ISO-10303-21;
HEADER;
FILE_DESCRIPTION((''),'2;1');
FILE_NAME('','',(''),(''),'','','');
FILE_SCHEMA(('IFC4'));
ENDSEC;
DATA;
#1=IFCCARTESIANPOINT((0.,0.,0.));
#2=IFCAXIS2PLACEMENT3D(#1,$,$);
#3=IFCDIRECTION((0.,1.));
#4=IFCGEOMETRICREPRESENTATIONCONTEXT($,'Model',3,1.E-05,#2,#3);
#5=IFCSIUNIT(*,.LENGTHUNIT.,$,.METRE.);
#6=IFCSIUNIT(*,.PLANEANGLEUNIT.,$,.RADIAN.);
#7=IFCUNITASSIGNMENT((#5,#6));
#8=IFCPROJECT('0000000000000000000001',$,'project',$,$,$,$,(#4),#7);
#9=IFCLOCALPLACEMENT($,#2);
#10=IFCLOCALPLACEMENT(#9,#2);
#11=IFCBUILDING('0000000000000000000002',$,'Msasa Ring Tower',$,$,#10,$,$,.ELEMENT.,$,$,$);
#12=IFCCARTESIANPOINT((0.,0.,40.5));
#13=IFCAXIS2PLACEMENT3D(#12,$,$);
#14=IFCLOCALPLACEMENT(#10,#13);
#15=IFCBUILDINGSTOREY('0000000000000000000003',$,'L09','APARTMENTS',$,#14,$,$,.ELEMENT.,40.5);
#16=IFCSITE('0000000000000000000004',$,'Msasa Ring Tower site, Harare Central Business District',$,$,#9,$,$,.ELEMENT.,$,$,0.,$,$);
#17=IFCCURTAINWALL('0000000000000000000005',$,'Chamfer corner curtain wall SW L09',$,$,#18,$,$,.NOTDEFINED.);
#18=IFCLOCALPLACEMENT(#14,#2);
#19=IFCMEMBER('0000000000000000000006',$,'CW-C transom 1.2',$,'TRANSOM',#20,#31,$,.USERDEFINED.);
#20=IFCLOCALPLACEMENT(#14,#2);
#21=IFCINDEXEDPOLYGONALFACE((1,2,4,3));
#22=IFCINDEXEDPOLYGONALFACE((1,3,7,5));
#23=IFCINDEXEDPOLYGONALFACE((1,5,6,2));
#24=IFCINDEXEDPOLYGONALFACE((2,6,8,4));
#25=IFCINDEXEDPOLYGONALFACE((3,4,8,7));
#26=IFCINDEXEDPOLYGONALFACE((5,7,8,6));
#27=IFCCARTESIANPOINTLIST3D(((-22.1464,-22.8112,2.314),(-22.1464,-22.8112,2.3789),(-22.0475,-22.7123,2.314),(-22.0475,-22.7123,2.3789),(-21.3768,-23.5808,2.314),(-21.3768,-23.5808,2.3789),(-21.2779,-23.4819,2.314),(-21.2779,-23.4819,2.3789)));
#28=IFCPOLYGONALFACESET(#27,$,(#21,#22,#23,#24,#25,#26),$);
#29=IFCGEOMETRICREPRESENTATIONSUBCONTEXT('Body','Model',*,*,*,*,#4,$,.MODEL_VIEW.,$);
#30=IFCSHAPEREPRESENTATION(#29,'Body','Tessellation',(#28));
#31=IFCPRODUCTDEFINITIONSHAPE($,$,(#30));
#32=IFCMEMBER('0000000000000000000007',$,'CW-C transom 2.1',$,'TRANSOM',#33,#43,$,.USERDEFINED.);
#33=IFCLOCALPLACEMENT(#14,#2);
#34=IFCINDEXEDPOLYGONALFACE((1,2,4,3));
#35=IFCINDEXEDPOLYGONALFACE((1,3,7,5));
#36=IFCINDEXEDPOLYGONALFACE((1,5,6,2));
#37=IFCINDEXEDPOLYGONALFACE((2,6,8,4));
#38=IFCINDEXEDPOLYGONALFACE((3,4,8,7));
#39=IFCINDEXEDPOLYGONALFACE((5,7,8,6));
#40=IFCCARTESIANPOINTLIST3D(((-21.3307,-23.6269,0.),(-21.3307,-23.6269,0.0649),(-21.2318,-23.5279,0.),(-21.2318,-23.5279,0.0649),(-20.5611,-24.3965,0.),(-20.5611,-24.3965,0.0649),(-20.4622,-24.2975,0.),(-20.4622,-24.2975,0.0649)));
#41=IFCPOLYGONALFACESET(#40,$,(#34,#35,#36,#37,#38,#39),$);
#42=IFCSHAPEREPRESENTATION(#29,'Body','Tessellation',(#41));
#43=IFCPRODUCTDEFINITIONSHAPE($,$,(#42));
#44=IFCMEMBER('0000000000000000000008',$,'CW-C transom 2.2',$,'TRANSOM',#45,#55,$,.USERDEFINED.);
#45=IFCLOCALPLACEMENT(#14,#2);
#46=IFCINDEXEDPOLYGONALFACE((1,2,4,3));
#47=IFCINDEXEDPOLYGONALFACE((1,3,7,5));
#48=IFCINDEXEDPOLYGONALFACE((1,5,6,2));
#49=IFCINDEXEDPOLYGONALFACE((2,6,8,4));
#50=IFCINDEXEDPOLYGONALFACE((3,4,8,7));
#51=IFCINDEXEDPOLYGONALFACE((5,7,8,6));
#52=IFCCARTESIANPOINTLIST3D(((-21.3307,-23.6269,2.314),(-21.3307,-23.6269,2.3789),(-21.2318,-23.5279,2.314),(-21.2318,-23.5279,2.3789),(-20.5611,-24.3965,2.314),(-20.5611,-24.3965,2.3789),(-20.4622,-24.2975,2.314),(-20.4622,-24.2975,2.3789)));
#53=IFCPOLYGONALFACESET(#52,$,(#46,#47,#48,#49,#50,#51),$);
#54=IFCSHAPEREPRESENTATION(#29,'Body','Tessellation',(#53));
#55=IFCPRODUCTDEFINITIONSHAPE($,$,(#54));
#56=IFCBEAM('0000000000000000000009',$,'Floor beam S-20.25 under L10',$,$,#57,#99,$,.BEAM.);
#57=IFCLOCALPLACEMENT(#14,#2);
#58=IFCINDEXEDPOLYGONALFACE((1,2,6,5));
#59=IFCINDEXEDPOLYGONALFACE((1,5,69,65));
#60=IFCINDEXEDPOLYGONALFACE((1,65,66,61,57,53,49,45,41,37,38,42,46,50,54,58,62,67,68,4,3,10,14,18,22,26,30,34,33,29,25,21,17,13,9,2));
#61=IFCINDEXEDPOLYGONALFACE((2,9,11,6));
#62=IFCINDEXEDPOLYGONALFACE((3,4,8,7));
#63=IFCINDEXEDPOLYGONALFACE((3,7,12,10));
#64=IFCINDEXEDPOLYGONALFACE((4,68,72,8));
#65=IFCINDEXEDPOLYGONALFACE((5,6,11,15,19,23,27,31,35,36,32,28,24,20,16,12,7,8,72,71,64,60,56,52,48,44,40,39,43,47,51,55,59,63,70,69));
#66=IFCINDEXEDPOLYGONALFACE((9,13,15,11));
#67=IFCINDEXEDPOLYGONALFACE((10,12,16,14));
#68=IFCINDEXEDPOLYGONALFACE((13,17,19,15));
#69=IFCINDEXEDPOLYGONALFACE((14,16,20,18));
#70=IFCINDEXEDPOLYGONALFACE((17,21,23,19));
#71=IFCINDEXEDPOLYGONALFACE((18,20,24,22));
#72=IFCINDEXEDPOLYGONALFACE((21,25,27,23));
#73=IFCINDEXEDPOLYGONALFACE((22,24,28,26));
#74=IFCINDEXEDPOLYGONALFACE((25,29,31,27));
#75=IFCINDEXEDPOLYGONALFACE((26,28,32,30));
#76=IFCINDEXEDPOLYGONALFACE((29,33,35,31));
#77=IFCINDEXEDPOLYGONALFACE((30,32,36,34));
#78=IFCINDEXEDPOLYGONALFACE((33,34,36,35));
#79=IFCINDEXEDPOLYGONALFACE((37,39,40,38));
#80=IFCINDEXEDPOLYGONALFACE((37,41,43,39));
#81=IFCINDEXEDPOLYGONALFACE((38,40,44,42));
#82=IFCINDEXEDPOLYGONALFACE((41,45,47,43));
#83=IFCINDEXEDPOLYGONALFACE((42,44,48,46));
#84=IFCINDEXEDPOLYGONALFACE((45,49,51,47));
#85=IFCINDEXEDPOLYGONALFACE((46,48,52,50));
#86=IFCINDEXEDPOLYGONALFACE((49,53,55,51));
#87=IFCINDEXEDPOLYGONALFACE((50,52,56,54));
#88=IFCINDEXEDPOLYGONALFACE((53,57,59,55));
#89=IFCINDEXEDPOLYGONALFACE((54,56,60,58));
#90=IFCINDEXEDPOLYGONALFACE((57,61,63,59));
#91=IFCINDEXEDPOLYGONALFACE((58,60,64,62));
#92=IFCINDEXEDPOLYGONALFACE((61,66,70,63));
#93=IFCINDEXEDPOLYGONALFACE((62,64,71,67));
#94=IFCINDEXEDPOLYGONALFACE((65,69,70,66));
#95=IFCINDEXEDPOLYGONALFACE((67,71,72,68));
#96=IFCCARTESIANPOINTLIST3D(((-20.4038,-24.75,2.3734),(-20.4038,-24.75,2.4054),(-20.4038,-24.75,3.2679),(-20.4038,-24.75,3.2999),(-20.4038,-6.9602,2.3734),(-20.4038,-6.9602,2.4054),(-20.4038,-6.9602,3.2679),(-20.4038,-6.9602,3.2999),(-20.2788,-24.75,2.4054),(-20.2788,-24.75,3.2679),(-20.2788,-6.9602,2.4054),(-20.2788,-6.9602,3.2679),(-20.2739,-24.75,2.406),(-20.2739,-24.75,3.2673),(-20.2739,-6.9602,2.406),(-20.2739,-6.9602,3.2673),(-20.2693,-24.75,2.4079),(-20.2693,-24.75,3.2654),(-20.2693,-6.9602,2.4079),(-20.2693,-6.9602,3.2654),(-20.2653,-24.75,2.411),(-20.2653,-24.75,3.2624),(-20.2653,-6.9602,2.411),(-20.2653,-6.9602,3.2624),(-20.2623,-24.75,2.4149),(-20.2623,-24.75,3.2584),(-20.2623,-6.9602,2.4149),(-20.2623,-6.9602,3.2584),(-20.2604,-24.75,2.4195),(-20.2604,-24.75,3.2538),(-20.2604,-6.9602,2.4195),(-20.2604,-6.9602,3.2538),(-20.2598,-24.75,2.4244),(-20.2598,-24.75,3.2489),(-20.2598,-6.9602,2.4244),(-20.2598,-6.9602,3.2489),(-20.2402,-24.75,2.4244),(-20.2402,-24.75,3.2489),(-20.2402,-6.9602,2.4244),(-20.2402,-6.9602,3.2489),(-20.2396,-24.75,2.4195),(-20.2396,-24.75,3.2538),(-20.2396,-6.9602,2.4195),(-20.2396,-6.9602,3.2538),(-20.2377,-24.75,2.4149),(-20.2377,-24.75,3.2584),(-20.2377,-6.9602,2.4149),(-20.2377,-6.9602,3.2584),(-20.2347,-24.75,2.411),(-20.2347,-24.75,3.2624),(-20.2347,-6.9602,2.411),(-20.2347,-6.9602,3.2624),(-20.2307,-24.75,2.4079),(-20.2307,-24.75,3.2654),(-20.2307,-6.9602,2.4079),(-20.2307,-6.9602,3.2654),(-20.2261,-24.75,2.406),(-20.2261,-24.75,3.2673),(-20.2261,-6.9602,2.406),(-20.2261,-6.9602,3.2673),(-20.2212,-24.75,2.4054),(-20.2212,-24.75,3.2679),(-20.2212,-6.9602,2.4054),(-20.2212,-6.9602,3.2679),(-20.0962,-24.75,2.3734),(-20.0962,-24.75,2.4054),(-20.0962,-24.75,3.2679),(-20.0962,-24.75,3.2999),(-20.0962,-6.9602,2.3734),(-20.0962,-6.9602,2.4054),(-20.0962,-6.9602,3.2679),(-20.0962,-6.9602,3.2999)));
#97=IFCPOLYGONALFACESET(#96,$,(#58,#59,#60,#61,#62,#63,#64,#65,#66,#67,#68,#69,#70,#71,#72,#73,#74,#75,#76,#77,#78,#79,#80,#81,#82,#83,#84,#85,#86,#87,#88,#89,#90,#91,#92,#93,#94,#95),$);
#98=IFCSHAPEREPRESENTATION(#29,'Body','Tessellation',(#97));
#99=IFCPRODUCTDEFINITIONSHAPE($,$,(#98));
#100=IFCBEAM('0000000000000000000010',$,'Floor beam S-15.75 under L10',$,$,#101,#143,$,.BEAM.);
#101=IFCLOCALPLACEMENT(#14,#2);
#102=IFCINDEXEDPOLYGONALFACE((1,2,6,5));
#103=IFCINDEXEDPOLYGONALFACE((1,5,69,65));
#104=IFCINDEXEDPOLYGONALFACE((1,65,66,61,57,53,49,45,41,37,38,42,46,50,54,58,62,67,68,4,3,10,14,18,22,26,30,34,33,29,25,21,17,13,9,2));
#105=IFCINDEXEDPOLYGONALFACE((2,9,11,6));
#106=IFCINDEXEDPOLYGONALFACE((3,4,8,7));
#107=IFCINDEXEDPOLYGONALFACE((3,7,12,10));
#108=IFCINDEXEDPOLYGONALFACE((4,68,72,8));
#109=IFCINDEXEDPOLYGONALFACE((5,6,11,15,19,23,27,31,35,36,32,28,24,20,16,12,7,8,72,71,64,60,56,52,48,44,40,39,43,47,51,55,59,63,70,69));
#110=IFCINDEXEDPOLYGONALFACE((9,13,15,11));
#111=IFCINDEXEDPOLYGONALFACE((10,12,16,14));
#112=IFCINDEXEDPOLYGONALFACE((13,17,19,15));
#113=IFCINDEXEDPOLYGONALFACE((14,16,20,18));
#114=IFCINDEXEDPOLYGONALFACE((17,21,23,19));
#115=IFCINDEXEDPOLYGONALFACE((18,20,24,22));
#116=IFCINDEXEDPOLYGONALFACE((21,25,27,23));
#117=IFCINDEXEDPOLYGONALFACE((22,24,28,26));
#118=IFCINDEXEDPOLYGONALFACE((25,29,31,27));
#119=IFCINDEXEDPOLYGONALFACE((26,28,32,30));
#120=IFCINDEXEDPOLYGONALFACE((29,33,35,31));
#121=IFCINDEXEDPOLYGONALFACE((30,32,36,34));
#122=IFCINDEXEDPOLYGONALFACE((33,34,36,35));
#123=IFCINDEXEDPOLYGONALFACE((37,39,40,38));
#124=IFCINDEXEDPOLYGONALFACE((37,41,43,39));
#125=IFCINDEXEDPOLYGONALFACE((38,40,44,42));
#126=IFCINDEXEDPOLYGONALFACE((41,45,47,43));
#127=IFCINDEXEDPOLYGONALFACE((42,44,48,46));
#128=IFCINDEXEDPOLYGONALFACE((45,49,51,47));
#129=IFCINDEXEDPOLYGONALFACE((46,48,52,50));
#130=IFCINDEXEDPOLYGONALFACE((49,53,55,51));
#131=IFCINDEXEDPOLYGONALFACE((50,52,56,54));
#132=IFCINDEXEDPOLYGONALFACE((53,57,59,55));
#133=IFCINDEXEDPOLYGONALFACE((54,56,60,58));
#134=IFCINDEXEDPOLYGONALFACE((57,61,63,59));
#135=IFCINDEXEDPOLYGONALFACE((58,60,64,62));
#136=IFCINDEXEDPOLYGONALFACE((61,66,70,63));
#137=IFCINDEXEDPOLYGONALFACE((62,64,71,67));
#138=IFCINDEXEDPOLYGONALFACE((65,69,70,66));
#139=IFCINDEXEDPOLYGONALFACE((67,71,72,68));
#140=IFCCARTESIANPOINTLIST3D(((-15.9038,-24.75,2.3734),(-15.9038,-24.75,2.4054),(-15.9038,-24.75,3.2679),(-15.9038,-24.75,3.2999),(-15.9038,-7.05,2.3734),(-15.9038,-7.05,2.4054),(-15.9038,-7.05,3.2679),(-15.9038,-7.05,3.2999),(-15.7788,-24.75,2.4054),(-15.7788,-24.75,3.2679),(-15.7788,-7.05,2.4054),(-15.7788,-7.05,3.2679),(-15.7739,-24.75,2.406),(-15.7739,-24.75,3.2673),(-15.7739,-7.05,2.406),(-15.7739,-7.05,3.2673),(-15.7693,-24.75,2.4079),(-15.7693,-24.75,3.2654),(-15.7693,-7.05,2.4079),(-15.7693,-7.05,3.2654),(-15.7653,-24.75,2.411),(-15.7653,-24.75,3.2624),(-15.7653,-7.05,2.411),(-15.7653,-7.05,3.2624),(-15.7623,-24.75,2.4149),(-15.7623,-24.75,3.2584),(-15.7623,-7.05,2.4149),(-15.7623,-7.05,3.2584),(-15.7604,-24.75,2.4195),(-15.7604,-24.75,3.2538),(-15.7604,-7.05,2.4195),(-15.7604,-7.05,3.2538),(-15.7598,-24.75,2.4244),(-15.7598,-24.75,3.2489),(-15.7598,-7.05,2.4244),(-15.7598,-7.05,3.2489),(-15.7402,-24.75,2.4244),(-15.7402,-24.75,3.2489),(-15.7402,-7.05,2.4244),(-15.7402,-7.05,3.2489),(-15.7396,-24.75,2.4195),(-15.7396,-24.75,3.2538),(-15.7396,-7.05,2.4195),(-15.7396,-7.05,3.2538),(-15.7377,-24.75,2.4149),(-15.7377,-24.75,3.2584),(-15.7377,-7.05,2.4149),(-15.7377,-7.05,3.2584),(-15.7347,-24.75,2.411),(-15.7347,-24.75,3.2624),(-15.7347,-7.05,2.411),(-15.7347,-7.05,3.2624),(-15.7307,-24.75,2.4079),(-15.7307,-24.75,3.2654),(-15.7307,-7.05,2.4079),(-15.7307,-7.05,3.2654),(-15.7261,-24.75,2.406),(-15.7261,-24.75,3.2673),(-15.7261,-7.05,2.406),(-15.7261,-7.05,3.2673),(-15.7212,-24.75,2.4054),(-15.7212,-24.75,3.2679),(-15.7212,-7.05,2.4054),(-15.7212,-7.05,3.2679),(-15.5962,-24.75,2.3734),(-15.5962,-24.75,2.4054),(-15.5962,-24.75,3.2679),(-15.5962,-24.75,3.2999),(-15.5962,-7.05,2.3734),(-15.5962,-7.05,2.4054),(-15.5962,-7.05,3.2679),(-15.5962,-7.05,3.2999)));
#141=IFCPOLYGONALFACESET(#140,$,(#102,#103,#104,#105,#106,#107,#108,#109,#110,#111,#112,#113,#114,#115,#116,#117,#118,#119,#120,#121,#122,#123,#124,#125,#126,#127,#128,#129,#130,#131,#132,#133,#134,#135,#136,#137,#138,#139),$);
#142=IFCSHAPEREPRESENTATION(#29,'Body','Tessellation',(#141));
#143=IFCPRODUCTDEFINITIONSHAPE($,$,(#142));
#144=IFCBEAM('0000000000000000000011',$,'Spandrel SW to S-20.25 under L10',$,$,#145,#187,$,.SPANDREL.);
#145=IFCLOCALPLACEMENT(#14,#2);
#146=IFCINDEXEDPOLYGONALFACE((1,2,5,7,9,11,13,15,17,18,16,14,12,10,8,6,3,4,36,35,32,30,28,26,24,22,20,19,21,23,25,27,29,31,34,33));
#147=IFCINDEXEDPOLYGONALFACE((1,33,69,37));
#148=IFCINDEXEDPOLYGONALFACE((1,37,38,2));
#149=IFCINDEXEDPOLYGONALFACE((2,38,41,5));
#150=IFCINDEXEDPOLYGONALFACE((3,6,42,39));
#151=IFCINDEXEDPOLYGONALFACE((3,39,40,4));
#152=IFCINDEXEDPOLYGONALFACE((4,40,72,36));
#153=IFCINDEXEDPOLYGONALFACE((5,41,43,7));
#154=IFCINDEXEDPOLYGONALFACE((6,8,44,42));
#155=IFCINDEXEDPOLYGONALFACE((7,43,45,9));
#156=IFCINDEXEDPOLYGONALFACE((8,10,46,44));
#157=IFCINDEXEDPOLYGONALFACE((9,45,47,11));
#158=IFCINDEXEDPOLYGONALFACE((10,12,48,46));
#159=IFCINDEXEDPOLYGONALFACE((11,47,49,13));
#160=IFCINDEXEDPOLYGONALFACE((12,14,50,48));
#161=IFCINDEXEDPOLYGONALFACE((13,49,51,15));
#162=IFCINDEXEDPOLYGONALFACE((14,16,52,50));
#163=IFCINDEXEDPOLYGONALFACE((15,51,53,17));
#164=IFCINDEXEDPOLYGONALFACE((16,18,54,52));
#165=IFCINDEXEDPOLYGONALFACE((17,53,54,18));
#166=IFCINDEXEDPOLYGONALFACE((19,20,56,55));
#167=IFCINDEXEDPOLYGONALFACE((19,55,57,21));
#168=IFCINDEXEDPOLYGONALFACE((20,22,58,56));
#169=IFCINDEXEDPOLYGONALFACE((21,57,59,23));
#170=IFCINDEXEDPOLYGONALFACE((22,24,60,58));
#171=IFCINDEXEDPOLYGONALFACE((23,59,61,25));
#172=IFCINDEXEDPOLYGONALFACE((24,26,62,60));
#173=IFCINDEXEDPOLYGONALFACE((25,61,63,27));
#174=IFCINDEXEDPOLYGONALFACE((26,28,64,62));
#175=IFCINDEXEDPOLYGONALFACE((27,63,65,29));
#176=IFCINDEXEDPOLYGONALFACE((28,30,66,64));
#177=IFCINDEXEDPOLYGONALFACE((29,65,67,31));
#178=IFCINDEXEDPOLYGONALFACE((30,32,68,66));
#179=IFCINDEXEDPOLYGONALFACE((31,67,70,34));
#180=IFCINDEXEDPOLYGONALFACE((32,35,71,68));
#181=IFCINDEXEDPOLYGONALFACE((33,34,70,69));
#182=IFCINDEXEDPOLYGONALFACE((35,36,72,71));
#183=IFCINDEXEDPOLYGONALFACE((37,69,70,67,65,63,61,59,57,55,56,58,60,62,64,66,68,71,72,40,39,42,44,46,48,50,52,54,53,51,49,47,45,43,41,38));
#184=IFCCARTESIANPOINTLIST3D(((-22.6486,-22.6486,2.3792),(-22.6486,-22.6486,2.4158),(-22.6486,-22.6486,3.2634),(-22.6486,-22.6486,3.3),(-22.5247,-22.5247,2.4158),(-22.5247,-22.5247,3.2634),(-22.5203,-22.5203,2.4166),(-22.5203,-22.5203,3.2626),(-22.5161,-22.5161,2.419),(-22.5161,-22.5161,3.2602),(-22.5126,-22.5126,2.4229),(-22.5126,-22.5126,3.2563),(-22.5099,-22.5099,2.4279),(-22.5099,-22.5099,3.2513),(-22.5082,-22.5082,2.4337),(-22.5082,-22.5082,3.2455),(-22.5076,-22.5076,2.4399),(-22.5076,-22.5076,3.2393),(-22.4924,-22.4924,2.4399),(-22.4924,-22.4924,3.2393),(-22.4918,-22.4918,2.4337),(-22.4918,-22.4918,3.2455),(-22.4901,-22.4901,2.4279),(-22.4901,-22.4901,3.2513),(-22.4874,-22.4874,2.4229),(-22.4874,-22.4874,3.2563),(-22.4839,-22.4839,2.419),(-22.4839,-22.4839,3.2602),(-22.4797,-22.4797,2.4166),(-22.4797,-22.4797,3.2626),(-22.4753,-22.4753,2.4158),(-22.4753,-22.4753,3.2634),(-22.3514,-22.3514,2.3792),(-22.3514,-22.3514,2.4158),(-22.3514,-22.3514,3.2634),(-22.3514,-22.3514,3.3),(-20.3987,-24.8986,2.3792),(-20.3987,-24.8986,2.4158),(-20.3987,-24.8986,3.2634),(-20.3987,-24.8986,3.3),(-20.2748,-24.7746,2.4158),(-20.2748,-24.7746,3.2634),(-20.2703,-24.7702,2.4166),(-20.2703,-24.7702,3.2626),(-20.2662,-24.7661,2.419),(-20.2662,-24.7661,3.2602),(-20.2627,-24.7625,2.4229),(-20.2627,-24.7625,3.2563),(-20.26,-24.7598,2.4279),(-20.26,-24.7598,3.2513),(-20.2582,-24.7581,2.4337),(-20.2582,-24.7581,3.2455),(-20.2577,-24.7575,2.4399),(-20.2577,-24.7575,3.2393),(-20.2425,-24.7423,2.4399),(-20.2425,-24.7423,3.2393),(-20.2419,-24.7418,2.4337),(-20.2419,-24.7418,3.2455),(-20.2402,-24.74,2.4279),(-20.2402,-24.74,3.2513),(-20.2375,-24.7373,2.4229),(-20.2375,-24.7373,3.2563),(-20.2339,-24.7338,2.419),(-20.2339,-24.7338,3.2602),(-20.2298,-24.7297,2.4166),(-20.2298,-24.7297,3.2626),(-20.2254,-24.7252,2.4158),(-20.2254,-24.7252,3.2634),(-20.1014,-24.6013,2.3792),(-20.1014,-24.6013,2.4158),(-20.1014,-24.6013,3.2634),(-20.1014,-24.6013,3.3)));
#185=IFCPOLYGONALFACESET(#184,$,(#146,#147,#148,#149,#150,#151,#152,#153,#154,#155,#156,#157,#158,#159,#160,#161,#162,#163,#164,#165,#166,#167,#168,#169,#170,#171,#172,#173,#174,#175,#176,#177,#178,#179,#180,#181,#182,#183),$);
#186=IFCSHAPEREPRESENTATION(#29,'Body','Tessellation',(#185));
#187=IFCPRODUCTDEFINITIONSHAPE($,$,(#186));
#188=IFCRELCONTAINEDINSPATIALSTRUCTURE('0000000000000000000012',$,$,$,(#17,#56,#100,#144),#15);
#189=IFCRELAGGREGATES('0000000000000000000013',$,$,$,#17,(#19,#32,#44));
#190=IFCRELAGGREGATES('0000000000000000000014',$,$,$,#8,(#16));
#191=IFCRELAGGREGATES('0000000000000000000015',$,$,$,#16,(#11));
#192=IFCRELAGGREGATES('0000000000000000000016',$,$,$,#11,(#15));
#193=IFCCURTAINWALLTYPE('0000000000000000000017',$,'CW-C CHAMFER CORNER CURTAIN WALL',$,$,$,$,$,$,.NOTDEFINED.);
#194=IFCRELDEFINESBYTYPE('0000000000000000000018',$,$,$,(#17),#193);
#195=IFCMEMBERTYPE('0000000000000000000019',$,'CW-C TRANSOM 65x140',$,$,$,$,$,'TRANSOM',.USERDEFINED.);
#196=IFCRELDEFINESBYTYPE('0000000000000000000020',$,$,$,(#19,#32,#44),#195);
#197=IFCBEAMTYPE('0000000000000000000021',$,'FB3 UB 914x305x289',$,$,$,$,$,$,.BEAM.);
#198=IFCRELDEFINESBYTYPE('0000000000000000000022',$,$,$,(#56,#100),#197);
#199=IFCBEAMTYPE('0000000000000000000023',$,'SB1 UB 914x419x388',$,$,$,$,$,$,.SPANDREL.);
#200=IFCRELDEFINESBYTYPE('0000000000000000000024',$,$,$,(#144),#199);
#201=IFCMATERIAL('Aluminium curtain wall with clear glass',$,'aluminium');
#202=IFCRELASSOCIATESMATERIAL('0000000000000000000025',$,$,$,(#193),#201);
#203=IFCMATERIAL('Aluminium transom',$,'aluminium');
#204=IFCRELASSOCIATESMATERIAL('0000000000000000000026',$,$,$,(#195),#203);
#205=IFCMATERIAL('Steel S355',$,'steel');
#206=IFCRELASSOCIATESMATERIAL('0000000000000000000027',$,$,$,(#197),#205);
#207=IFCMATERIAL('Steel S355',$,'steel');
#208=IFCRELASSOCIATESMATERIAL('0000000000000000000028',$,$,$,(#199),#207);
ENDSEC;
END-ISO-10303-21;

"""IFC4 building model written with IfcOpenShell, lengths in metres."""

from ifc_helpers import new_model, si_unit, direction, frame, origin, origin_2d, place, context, subcontext, project, spatial, rectangle, i_section, extrude, material, material_profile, profile_set, type_object, element, aggregate, save


model = new_model("IFC4")

# Units and contexts
model_context = context("Model", 3, precision=1e-05, world=origin(), true_north=direction((0.0, 1.0)))
body_context = subcontext(model_context, "Body", "Model", "MODEL_VIEW")
ifc_project = project(units=[si_unit("LENGTHUNIT", "METRE"), si_unit("PLANEANGLEUNIT", "RADIAN")], contexts=[model_context])

# Site, building, storey
site_placement = place(None, origin())
site = spatial("IfcSite", under=ifc_project, at=site_placement, Name="Msasa Ring Tower site, Harare Central Business District", CompositionType="ELEMENT", RefElevation=0.0)
building_placement = place(site_placement, origin())
building = spatial("IfcBuilding", under=site, at=building_placement, Name="Msasa Ring Tower", CompositionType="ELEMENT")
storey_placement = place(building_placement, frame((0.0, 0.0, 40.5)))
storey = spatial("IfcBuildingStorey", under=building, at=storey_placement, Name="L09", Description="APARTMENTS", CompositionType="ELEMENT", Elevation=40.5)

# Curtain wall
ifc_material_1 = material(Name="Aluminium curtain wall with clear glass", Category="aluminium")
curtain_wall_type = type_object("IfcCurtainWallType", Name="CW-C CHAMFER CORNER CURTAIN WALL", PredefinedType="NOTDEFINED", material=ifc_material_1)
curtain_wall_1_placement = place(storey_placement, origin())
curtain_wall_1 = element("IfcCurtainWall", 1, at=curtain_wall_1_placement, inside=storey, type_object=curtain_wall_type, Name="Chamfer corner curtain wall SW L09", PredefinedType="NOTDEFINED")

# Members
ifc_material_2 = material(Name="Aluminium transom", Category="aluminium")
ifc_material_profile_1 = material_profile(ifc_material_2, rectangle(XDim=0.1399, YDim=0.0649, at=origin_2d()), Name="AL 65x140")
ifc_profile_set_1 = profile_set([ifc_material_profile_1], Name="Aluminium transom")
member_type_1 = type_object("IfcMemberType", Name="CW-C TRANSOM 65x140", ElementType="TRANSOM", PredefinedType="USERDEFINED", material=ifc_profile_set_1)
member_1_placement = place(storey_placement, frame((-22.0969, -22.7617, 2.3464), z_axis=(0.707107, -0.707107, 0.0), x_axis=(0.707107, 0.707107, 0.0)))
member_1 = element("IfcMember", 2, at=member_1_placement, type_object=member_type_1, Name="CW-C transom 1.2", ObjectType="TRANSOM", PredefinedType="USERDEFINED", context=body_context, shape_type="SweptSolid", body=[
    extrude(rectangle(XDim=0.1399, YDim=0.0649, at=origin_2d()), origin(), (0.0, 0.0, 1.0), 1.0884),
])
member_2_placement = place(storey_placement, frame((-21.2812, -23.5774, 0.0325), z_axis=(0.707107, -0.707107, 0.0), x_axis=(0.707107, 0.707107, 0.0)))
member_2 = element("IfcMember", 3, at=member_2_placement, type_object=member_type_1, Name="CW-C transom 2.1", ObjectType="TRANSOM", PredefinedType="USERDEFINED", context=body_context, shape_type="SweptSolid", body=[
    extrude(rectangle(XDim=0.1399, YDim=0.0649, at=origin_2d()), origin(), (0.0, 0.0, 1.0), 1.0884),
])
member_3_placement = place(storey_placement, frame((-21.2812, -23.5774, 2.3464), z_axis=(0.707107, -0.707107, 0.0), x_axis=(0.707107, 0.707107, 0.0)))
member_3 = element("IfcMember", 4, at=member_3_placement, type_object=member_type_1, Name="CW-C transom 2.2", ObjectType="TRANSOM", PredefinedType="USERDEFINED", context=body_context, shape_type="SweptSolid", body=[
    extrude(rectangle(XDim=0.1399, YDim=0.0649, at=origin_2d()), origin(), (0.0, 0.0, 1.0), 1.0884),
])

# Beams
ifc_material_3 = material(Name="Steel S355", Category="steel")
ifc_material_profile_2 = material_profile(ifc_material_3, i_section(OverallWidth=0.3076, OverallDepth=0.9265, WebThickness=0.0195, FlangeThickness=0.032, FilletRadius=0.019, at=origin_2d()), Name="UB 914x305x289")
ifc_profile_set_2 = profile_set([ifc_material_profile_2], Name="Steel S355")
beam_type_1 = type_object("IfcBeamType", Name="FB3 UB 914x305x289", PredefinedType="BEAM", material=ifc_profile_set_2)
beam_1_placement = place(storey_placement, frame((-20.25, -24.75, 2.8367), z_axis=(0.0, 1.0, 0.0), x_axis=(-1.0, 0.0, 0.0)))
element("IfcBeam", 5, at=beam_1_placement, inside=storey, type_object=beam_type_1, Name="Floor beam S-20.25 under L10", PredefinedType="BEAM", context=body_context, shape_type="SweptSolid", body=[
    extrude(i_section(OverallWidth=0.3076, OverallDepth=0.9265, WebThickness=0.0195, FlangeThickness=0.032, FilletRadius=0.019, at=origin_2d()), origin(), (0.0, 0.0, 1.0), 17.7898),
])
beam_2_placement = place(storey_placement, frame((-15.75, -24.75, 2.8367), z_axis=(0.0, 1.0, 0.0), x_axis=(-1.0, 0.0, 0.0)))
element("IfcBeam", 6, at=beam_2_placement, inside=storey, type_object=beam_type_1, Name="Floor beam S-15.75 under L10", PredefinedType="BEAM", context=body_context, shape_type="SweptSolid", body=[
    extrude(i_section(OverallWidth=0.3076, OverallDepth=0.9265, WebThickness=0.0195, FlangeThickness=0.032, FilletRadius=0.019, at=origin_2d()), origin(), (0.0, 0.0, 1.0), 17.7),
])
ifc_material_4 = material(Name="Steel S355", Category="steel")
ifc_material_profile_3 = material_profile(ifc_material_4, i_section(OverallWidth=0.4204, OverallDepth=0.9209, WebThickness=0.0215, FlangeThickness=0.0366, FilletRadius=0.0242, at=origin_2d()), Name="UB 914x419x388")
ifc_profile_set_3 = profile_set([ifc_material_profile_3], Name="Steel S355")
beam_type_2 = type_object("IfcBeamType", Name="SB1 UB 914x419x388", PredefinedType="SPANDREL", material=ifc_profile_set_3)
beam_3_placement = place(storey_placement, frame((-22.5, -22.5, 2.8396), z_axis=(0.707107, -0.707107, 0.0), x_axis=(0.707107, 0.707107, 0.0)))
element("IfcBeam", 7, at=beam_3_placement, inside=storey, type_object=beam_type_2, Name="Spandrel SW to S-20.25 under L10", PredefinedType="SPANDREL", context=body_context, shape_type="SweptSolid", body=[
    extrude(i_section(OverallWidth=0.4204, OverallDepth=0.9209, WebThickness=0.0215, FlangeThickness=0.0366, FilletRadius=0.0242, at=origin_2d()), origin(), (0.0, 0.0, 1.0), 3.1819),
])

aggregate(curtain_wall_1, [member_1, member_2, member_3])

save(model, "model.ifc")
